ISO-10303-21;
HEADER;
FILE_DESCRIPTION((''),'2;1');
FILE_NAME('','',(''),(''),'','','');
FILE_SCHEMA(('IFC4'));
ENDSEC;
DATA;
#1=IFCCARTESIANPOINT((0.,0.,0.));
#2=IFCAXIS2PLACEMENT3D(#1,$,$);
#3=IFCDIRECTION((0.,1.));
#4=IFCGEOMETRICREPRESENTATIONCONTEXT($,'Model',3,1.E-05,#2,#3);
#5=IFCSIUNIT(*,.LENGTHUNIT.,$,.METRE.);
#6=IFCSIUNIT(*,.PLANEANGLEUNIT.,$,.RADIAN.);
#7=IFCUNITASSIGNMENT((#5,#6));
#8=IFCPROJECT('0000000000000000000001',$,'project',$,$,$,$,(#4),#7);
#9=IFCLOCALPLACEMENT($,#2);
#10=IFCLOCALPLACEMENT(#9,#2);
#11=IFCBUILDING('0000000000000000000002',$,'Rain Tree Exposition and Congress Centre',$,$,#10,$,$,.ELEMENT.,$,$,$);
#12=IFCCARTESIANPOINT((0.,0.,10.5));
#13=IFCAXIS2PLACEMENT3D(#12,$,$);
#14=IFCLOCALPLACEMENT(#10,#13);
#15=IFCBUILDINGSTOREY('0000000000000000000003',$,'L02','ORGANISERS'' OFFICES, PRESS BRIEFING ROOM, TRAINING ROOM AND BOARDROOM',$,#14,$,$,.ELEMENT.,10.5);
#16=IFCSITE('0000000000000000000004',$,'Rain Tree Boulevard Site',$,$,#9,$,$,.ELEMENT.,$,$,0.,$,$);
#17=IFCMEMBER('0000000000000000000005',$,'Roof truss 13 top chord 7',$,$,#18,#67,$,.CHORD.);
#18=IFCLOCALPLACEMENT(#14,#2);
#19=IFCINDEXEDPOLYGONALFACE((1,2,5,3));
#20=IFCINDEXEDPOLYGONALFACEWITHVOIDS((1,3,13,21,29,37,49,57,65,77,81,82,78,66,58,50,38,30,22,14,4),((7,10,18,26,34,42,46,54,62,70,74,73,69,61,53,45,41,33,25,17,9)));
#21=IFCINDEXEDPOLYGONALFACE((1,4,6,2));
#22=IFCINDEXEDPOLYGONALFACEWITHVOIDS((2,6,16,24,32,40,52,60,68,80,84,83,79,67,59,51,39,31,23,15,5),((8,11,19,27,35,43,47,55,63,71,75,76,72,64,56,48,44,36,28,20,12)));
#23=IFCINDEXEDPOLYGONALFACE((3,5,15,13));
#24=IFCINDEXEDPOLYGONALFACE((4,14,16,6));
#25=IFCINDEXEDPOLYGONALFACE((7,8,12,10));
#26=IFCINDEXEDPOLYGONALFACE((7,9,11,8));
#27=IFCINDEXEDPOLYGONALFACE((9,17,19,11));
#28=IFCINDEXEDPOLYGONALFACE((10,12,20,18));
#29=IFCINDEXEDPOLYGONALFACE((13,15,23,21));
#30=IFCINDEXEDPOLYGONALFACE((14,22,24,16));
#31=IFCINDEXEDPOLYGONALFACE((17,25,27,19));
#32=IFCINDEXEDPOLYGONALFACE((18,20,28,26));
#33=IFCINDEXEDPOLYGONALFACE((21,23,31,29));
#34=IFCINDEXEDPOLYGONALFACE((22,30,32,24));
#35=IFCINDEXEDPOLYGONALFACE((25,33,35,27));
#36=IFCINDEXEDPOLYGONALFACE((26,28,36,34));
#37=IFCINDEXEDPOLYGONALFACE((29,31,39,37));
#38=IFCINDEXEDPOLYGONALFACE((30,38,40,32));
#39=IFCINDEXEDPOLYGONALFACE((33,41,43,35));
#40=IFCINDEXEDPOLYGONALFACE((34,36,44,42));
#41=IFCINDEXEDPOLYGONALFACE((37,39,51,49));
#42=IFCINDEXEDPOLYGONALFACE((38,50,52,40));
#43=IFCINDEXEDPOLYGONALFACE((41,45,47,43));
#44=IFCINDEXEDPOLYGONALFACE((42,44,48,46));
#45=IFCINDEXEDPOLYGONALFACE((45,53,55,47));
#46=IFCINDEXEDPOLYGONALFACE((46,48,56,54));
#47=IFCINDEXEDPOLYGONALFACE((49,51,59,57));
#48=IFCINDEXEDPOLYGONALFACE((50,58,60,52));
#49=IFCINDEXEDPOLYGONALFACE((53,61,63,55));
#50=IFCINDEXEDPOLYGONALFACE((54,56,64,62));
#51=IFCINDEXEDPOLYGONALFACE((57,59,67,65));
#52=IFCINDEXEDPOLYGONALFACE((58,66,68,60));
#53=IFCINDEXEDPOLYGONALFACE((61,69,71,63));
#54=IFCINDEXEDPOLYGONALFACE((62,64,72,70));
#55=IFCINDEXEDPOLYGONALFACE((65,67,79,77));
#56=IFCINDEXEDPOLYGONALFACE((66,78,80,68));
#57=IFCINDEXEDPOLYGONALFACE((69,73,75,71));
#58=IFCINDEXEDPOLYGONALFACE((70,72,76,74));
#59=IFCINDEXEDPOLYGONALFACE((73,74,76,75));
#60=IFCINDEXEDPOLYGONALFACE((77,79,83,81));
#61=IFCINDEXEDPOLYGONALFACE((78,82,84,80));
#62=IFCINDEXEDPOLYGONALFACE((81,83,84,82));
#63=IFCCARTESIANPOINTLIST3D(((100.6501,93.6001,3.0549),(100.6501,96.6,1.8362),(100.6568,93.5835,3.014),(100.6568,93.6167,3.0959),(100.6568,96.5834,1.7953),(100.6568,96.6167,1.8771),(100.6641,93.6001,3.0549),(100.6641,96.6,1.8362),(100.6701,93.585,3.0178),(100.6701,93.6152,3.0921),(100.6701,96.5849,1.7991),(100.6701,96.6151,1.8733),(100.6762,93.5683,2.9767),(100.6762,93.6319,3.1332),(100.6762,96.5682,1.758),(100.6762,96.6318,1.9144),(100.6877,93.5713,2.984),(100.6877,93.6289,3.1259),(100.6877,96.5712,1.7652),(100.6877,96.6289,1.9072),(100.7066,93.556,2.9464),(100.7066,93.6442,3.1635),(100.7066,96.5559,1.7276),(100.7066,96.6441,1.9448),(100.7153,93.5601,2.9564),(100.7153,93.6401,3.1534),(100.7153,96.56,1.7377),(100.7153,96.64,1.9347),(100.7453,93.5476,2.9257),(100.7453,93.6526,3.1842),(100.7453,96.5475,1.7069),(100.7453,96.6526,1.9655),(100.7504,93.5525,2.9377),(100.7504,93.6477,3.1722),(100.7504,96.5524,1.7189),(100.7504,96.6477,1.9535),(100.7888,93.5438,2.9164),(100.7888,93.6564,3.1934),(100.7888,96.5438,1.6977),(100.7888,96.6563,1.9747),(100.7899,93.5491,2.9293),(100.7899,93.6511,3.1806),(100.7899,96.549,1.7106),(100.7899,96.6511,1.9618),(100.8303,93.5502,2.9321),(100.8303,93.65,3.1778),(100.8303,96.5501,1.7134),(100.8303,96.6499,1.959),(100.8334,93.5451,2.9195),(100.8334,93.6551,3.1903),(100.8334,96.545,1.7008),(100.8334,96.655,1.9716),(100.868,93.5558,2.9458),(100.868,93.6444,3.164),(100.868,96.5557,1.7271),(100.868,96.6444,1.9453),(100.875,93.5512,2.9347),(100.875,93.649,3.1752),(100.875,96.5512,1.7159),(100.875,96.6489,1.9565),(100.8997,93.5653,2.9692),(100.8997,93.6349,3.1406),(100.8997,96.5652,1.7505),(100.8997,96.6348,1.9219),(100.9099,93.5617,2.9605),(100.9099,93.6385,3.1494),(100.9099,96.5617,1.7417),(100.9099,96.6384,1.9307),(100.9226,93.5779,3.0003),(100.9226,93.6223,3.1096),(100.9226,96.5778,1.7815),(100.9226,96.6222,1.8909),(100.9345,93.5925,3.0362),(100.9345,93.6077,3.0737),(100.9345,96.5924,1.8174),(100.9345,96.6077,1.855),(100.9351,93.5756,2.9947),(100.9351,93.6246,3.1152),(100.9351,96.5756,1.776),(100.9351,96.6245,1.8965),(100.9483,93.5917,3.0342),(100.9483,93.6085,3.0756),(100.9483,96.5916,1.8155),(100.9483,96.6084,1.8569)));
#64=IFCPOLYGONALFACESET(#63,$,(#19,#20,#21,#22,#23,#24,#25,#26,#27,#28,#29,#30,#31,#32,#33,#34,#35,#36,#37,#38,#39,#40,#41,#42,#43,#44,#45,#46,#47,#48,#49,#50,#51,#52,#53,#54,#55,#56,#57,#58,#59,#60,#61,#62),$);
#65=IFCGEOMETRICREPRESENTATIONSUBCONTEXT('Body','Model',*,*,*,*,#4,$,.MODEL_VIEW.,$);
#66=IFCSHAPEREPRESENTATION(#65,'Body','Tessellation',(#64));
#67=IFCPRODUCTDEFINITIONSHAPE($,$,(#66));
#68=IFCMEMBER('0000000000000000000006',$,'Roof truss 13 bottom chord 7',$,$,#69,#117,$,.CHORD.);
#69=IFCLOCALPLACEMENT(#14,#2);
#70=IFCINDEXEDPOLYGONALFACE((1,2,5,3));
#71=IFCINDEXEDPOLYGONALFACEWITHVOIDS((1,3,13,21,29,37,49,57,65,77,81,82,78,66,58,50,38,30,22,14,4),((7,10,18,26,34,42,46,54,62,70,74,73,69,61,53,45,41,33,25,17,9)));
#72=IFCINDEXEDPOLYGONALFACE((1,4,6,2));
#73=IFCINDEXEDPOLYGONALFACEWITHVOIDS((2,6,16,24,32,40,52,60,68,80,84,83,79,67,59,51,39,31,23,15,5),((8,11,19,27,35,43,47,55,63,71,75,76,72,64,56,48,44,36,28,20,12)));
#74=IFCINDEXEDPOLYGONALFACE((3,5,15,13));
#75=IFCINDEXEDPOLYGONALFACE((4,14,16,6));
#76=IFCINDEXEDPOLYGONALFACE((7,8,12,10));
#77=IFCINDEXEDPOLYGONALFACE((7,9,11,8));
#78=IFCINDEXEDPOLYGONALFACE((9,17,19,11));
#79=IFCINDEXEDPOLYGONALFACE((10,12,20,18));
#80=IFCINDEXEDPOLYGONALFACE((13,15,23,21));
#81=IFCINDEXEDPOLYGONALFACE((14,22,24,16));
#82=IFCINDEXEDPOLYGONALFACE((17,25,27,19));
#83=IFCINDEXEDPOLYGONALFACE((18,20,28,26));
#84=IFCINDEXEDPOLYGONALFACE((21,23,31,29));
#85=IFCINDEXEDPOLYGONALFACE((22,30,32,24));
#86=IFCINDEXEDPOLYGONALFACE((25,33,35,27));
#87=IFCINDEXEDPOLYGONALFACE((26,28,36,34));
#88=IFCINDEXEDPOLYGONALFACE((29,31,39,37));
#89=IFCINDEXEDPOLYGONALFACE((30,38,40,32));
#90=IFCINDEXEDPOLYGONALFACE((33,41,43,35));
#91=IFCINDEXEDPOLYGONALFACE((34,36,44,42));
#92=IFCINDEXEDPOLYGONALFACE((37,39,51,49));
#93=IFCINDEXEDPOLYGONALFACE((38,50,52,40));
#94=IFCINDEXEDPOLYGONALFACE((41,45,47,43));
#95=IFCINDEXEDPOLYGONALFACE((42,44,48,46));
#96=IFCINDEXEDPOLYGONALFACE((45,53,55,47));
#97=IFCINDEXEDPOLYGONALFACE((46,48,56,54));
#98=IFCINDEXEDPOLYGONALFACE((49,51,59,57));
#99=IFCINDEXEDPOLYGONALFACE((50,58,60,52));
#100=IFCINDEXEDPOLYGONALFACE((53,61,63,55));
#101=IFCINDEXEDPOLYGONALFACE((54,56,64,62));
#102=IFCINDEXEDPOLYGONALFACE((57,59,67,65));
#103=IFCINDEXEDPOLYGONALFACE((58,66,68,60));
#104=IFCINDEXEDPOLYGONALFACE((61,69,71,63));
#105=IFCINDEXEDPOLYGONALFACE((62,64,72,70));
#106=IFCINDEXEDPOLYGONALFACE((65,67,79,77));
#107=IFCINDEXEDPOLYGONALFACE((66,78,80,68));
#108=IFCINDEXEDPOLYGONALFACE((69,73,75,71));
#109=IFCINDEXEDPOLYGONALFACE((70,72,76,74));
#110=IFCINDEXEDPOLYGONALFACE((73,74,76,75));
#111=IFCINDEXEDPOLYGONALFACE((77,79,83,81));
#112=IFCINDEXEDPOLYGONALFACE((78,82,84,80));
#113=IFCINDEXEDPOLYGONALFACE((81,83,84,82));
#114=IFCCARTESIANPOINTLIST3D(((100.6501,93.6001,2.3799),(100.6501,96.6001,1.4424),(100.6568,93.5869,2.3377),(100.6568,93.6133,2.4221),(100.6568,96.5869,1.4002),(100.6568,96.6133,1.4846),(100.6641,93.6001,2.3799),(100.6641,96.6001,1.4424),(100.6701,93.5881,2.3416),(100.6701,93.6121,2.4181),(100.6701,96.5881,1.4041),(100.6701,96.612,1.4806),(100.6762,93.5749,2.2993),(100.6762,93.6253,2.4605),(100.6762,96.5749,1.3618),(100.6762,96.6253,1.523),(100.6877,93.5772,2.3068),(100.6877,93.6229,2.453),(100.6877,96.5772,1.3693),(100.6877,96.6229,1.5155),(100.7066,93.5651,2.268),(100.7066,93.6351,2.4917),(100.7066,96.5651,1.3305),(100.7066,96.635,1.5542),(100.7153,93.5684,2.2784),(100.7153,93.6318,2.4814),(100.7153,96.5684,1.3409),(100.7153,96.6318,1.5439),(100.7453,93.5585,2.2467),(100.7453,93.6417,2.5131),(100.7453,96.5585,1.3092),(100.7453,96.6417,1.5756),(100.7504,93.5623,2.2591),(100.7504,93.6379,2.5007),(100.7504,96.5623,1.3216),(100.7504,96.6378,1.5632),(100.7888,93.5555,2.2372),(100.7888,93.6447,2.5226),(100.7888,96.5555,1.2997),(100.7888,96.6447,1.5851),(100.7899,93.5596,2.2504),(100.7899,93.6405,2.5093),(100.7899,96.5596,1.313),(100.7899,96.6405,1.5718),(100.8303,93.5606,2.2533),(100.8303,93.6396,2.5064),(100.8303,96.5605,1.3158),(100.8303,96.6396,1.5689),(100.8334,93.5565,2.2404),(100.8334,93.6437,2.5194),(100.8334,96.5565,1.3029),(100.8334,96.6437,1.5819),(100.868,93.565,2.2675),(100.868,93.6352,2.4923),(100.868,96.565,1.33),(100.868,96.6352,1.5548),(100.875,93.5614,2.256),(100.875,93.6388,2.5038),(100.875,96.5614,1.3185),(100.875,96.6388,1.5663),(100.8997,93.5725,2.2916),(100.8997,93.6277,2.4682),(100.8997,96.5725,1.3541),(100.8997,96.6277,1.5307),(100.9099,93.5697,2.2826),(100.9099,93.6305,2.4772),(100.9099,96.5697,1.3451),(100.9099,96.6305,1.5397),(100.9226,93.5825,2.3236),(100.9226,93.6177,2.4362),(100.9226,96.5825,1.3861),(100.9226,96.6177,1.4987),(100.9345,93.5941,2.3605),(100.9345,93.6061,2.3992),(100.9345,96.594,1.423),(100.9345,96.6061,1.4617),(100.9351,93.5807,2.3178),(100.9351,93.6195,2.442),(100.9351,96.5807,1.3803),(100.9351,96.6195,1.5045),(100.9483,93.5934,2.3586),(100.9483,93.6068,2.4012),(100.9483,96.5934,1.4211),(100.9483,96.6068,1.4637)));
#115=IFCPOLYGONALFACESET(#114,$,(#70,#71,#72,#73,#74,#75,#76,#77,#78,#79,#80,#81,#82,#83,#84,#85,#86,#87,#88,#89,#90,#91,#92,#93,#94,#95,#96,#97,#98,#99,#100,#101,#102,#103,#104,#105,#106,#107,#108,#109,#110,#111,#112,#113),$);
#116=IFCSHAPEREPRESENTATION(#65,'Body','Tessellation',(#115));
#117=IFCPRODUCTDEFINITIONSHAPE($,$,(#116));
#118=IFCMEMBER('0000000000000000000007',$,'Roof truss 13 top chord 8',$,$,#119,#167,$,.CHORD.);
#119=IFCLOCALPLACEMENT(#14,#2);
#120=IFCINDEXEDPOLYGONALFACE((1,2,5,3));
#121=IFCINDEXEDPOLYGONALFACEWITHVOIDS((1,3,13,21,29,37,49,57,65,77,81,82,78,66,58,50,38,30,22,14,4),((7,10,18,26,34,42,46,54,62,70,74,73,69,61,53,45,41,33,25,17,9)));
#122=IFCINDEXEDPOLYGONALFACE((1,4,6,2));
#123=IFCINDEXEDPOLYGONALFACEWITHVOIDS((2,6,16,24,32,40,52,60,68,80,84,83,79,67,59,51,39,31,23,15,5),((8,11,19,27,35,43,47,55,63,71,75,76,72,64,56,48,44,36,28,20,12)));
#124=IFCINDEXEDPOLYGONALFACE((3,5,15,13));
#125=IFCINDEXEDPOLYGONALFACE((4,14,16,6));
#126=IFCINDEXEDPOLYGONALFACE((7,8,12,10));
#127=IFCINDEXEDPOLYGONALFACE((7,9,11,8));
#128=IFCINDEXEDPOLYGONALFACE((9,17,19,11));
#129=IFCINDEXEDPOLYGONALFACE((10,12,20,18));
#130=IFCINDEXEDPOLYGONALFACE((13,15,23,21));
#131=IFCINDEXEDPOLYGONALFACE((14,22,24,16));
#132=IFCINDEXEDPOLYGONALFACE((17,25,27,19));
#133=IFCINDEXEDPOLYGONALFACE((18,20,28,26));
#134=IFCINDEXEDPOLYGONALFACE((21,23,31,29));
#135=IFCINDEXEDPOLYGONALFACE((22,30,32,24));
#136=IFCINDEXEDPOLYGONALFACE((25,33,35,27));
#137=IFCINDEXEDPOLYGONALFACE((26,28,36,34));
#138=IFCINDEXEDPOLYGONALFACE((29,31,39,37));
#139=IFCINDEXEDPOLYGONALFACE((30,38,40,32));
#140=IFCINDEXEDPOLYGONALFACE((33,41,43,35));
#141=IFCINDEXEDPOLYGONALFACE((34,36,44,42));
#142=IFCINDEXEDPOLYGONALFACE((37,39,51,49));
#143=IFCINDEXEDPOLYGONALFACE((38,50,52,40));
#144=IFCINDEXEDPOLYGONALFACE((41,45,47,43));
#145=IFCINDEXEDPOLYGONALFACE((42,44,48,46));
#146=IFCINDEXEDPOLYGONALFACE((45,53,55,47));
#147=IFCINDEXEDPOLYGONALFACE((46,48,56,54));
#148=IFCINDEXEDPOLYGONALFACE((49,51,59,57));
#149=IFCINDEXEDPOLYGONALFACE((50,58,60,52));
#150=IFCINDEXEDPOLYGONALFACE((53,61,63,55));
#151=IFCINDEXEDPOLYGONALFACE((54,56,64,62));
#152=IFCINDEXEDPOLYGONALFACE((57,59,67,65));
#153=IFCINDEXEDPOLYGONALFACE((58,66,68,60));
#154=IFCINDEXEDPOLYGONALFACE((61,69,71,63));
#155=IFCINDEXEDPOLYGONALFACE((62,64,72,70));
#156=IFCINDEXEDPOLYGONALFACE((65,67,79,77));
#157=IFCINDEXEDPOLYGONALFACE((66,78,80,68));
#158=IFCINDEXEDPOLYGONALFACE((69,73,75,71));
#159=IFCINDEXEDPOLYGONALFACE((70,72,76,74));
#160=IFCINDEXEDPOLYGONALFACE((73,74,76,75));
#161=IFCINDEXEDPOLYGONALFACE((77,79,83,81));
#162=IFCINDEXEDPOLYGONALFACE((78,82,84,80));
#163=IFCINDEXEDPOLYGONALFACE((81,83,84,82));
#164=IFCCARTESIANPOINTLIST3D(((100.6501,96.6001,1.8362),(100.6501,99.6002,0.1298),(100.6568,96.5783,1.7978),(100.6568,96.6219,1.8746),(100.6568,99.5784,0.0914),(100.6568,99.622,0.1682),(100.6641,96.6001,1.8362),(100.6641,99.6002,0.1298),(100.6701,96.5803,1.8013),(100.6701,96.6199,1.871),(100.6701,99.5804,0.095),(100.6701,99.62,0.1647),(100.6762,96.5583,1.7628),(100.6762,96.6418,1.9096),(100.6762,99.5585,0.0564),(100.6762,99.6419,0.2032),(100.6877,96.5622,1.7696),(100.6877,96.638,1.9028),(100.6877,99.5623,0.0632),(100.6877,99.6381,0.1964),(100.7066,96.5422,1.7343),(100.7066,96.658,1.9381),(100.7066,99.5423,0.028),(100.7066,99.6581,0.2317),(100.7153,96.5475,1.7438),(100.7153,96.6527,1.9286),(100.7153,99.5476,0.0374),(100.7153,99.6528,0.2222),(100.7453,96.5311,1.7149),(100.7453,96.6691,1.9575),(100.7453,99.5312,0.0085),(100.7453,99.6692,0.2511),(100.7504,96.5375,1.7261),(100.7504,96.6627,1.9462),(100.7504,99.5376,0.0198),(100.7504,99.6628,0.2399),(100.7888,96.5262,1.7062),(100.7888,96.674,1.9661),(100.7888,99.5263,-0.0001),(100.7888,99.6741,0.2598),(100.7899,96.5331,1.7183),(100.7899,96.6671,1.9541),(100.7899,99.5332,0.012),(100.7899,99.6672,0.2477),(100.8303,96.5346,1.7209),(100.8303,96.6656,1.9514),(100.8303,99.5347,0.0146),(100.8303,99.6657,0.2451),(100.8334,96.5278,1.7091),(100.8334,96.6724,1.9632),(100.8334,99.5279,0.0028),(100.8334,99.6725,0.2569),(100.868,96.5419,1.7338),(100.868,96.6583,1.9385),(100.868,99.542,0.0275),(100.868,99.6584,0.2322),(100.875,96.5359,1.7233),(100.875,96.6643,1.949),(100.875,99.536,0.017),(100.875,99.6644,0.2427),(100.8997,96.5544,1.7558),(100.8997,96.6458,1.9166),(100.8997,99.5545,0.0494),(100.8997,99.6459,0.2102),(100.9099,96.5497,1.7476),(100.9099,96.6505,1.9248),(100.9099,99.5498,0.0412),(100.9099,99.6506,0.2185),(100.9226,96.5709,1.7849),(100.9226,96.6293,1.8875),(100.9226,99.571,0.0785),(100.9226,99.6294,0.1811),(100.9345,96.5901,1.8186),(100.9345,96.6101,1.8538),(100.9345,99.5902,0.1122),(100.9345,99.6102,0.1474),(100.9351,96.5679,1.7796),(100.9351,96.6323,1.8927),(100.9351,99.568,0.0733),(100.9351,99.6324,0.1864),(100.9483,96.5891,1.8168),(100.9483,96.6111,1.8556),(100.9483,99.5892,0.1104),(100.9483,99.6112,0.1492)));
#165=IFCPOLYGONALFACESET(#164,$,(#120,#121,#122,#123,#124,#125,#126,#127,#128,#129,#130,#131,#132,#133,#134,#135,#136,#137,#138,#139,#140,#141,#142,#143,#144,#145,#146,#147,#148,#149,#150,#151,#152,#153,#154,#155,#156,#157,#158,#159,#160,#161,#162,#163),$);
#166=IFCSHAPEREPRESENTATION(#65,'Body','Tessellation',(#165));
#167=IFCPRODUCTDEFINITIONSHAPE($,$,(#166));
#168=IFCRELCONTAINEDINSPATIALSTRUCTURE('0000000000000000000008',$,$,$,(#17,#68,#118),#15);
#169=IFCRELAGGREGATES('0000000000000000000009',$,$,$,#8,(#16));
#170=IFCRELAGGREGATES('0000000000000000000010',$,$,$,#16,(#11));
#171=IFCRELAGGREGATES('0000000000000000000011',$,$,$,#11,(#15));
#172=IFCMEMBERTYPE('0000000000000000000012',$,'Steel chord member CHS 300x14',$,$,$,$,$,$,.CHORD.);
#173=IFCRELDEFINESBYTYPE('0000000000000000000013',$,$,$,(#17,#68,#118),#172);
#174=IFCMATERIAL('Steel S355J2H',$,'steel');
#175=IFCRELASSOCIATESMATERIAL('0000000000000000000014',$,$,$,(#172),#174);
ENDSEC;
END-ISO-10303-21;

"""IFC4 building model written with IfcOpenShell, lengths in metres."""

from ifc_helpers import new_model, si_unit, direction, frame, origin, origin_2d, place, context, subcontext, project, spatial, hollow_circle, extrude, material, material_profile, profile_set, type_object, element, save


model = new_model("IFC4")

# Units and contexts
model_context = context("Model", 3, precision=1e-05, world=origin(), true_north=direction((0.0, 1.0)))
body_context = subcontext(model_context, "Body", "Model", "MODEL_VIEW")
ifc_project = project(units=[si_unit("LENGTHUNIT", "METRE"), si_unit("PLANEANGLEUNIT", "RADIAN")], contexts=[model_context])

# Site, building, storey
site_placement = place(None, origin())
site = spatial("IfcSite", under=ifc_project, at=site_placement, Name="Rain Tree Boulevard Site", CompositionType="ELEMENT", RefElevation=0.0)
building_placement = place(site_placement, origin())
building = spatial("IfcBuilding", under=site, at=building_placement, Name="Rain Tree Exposition and Congress Centre", CompositionType="ELEMENT")
storey_placement = place(building_placement, frame((0.0, 0.0, 10.5)))
storey = spatial("IfcBuildingStorey", under=building, at=storey_placement, Name="L02", Description="ORGANISERS' OFFICES, PRESS BRIEFING ROOM, TRAINING ROOM AND BOARDROOM", CompositionType="ELEMENT", Elevation=10.5)

# Members
ifc_material_1 = material(Name="Steel S355J2H", Category="steel")
ifc_material_profile_1 = material_profile(ifc_material_1, hollow_circle(Radius=0.1499, WallThickness=0.0139, at=origin_2d()), Name="CHS 300x14")
ifc_profile_set_1 = profile_set([ifc_material_profile_1], Name="Steel S355J2H")
member_type_1 = type_object("IfcMemberType", Name="Steel chord member CHS 300x14", PredefinedType="CHORD", material=ifc_profile_set_1)
member_1_placement = place(storey_placement, frame((100.8, 93.6001, 3.0549), z_axis=(0.0, 0.926467, -0.376377), x_axis=(-1.0, 0.0, 0.0)))
element("IfcMember", 1, at=member_1_placement, inside=storey, type_object=member_type_1, Name="Roof truss 13 top chord 7", PredefinedType="CHORD", context=body_context, shape_type="SweptSolid", body=[
    extrude(hollow_circle(Radius=0.1499, WallThickness=0.0139, at=origin_2d()), origin(), (0.0, 0.0, 1.0), 3.238),
])
member_2_placement = place(storey_placement, frame((100.8, 93.6001, 2.3799), z_axis=(0.0, 0.95448, -0.298275), x_axis=(-1.0, 0.0, 0.0)))
element("IfcMember", 2, at=member_2_placement, inside=storey, type_object=member_type_1, Name="Roof truss 13 bottom chord 7", PredefinedType="CHORD", context=body_context, shape_type="SweptSolid", body=[
    extrude(hollow_circle(Radius=0.1499, WallThickness=0.0139, at=origin_2d()), origin(), (0.0, 0.0, 1.0), 3.1431),
])
member_3_placement = place(storey_placement, frame((100.8, 96.6001, 1.8362), z_axis=(0.0, 0.869238, -0.494393), x_axis=(-1.0, 0.0, 0.0)))
element("IfcMember", 3, at=member_3_placement, inside=storey, type_object=member_type_1, Name="Roof truss 13 top chord 8", PredefinedType="CHORD", context=body_context, shape_type="SweptSolid", body=[
    extrude(hollow_circle(Radius=0.1499, WallThickness=0.0139, at=origin_2d()), origin(), (0.0, 0.0, 1.0), 3.4514),
])

save(model, "model.ifc")
